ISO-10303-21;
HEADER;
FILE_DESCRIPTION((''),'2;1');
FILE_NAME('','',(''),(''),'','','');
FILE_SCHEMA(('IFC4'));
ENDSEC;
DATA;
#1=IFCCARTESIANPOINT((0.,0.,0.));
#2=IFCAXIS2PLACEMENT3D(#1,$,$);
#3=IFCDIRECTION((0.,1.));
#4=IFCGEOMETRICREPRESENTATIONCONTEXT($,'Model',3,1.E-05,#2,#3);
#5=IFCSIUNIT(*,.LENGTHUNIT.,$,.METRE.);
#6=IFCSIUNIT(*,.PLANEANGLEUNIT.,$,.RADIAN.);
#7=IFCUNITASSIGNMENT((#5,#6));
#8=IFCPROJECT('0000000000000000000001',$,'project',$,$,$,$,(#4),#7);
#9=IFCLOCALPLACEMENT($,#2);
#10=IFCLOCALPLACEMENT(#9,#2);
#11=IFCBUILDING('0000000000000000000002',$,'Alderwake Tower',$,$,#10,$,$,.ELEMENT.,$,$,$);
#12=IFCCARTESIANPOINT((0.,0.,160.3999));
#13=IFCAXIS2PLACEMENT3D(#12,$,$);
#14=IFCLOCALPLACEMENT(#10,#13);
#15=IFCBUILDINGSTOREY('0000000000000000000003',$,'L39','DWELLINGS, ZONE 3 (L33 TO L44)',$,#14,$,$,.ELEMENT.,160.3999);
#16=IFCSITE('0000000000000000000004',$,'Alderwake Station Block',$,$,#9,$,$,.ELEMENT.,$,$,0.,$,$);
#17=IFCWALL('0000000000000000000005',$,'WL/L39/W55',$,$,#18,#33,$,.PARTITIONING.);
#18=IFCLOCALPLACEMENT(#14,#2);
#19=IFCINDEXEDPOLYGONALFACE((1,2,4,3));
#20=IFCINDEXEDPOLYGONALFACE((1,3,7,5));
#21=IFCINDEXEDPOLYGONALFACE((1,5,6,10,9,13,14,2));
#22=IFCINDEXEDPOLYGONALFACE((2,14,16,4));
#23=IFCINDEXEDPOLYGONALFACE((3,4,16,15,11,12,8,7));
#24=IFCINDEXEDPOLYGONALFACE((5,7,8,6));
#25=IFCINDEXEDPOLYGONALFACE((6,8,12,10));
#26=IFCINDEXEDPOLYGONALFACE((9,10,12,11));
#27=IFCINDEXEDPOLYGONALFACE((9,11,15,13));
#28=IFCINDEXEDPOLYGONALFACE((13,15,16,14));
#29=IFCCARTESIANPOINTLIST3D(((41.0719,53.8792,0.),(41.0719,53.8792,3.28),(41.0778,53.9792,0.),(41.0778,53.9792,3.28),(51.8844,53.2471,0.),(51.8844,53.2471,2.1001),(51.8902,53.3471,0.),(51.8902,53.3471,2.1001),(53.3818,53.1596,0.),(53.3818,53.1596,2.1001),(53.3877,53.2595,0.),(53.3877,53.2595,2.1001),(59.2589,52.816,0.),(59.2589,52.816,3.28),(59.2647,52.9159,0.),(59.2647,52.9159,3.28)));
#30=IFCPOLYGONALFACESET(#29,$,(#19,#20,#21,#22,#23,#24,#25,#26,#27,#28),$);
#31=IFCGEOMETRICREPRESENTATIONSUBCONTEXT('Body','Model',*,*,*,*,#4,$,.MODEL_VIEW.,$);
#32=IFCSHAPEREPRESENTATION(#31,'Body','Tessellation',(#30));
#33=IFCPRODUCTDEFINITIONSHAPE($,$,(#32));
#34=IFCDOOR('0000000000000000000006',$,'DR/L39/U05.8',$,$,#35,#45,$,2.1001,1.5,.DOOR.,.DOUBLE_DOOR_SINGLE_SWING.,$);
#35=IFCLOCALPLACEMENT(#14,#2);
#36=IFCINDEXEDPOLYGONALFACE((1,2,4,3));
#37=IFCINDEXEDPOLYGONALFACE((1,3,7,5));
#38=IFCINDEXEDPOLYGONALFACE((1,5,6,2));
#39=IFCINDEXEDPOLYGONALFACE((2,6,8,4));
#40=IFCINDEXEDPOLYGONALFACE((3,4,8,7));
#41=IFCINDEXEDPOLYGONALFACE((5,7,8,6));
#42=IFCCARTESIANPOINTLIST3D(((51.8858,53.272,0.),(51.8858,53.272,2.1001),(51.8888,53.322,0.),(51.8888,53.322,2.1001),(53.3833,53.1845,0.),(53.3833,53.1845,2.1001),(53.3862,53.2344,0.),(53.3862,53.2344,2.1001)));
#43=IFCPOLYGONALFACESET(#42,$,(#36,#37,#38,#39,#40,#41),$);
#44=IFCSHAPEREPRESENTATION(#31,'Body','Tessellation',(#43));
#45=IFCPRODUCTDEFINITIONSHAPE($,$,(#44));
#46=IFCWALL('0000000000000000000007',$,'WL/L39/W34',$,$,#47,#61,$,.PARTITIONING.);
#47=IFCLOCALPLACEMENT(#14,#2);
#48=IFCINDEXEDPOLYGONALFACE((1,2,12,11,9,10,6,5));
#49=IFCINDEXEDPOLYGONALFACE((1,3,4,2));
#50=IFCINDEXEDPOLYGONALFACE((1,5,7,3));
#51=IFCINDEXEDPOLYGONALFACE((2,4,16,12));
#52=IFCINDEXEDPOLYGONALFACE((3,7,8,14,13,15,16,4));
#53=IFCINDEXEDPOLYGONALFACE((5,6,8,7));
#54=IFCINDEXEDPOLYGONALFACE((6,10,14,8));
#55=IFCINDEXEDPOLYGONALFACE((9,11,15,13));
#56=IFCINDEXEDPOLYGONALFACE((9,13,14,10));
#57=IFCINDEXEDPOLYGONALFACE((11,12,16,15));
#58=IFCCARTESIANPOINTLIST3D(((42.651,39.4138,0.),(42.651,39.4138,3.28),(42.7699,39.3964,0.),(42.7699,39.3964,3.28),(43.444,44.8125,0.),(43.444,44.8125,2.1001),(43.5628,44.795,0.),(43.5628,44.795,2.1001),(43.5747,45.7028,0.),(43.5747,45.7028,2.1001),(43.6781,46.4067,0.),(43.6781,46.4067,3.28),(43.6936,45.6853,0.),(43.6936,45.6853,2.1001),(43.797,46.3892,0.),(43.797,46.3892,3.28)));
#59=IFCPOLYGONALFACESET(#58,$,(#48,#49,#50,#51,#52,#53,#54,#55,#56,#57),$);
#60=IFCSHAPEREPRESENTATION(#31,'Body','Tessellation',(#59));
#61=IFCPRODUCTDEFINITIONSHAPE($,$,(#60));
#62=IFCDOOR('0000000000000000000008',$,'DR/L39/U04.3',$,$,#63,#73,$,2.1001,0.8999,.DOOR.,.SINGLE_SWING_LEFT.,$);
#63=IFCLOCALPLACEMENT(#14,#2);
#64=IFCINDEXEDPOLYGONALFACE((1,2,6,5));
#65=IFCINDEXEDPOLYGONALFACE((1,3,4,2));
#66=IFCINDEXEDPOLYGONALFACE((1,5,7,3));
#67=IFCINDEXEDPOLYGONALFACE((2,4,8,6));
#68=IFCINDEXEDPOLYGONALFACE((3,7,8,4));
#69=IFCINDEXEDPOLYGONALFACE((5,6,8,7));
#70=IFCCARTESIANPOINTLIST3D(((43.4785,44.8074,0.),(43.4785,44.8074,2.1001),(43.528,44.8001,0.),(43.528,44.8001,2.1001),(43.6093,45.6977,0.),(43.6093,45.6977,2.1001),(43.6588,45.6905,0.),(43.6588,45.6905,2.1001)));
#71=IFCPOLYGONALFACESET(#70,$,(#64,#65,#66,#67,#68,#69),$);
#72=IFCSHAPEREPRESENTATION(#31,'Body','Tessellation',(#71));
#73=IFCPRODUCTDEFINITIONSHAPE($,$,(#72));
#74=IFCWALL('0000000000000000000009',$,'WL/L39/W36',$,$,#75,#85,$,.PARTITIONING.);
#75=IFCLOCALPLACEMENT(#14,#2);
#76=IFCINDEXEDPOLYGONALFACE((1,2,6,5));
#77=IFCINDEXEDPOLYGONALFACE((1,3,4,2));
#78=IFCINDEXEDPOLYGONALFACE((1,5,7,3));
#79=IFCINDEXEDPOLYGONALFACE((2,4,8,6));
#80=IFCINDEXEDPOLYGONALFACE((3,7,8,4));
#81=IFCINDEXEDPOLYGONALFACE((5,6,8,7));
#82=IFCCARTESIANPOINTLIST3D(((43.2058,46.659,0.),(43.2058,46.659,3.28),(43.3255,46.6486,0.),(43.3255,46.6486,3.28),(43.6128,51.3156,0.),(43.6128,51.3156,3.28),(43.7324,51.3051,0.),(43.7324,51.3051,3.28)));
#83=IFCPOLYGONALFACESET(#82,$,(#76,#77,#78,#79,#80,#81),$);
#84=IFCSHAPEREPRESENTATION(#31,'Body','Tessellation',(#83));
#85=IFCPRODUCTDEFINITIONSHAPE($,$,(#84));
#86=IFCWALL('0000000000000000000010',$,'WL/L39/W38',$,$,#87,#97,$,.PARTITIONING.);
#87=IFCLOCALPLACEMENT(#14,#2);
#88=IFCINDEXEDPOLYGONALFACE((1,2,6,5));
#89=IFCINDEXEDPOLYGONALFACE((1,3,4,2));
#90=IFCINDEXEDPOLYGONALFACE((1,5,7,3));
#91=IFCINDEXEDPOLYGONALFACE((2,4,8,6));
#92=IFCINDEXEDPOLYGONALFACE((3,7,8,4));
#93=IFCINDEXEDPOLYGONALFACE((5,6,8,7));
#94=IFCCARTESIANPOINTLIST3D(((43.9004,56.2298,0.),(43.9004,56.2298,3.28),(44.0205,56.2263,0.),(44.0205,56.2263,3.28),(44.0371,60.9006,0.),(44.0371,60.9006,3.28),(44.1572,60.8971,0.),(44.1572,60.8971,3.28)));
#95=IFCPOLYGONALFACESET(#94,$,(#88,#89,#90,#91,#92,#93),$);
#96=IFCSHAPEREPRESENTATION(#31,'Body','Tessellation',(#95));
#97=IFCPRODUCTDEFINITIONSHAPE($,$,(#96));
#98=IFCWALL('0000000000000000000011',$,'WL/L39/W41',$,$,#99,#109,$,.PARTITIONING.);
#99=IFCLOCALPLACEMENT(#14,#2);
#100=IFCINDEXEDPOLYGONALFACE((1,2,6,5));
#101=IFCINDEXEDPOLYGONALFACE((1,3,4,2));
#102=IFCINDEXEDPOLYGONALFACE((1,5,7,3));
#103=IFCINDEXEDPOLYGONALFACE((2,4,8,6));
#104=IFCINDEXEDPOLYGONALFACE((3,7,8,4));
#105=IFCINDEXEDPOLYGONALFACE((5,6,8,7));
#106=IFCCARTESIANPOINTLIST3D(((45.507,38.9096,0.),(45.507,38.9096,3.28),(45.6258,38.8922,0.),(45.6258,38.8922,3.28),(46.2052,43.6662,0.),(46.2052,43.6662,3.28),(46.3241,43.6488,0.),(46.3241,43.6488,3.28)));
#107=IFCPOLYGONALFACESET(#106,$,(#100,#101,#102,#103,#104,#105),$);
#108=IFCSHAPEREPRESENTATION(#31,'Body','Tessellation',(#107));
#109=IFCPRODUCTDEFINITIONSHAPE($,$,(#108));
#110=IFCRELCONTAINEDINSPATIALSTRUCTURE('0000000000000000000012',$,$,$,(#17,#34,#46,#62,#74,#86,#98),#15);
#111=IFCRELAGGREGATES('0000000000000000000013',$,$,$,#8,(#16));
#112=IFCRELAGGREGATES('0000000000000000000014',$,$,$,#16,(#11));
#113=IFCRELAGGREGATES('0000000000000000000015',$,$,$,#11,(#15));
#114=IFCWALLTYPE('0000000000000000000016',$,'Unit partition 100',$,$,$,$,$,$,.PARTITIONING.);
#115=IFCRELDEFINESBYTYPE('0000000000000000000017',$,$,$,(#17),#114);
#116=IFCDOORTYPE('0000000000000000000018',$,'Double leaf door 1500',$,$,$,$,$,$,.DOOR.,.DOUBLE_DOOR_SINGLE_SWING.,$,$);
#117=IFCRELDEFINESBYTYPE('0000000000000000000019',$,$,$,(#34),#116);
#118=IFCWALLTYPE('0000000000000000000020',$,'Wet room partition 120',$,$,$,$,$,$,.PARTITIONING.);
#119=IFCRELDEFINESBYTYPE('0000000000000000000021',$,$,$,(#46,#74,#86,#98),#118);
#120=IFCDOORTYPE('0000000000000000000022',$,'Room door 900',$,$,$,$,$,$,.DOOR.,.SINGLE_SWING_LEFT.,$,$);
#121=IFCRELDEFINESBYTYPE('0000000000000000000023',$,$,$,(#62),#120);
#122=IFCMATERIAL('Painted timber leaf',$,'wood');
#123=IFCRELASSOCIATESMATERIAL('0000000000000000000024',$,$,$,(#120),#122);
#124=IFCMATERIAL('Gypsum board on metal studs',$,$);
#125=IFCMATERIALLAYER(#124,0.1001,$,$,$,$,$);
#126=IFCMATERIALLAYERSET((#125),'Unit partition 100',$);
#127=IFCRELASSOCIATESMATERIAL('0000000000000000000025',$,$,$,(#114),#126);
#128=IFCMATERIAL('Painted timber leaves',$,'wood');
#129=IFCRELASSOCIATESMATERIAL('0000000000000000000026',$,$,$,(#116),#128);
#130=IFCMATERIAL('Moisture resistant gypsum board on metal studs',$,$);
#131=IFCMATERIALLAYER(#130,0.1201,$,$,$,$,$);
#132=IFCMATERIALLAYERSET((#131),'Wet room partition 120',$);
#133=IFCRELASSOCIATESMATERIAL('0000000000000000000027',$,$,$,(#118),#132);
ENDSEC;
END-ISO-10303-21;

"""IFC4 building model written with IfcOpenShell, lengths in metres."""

from ifc_helpers import new_model, si_unit, direction, frame, frame_2d, origin, place, context, subcontext, project, spatial, rectangle, extrude, material, layer, layer_set, type_object, element, fill, save


model = new_model("IFC4")

# Units and contexts
model_context = context("Model", 3, precision=1e-05, world=origin(), true_north=direction((0.0, 1.0)))
body_context = subcontext(model_context, "Body", "Model", "MODEL_VIEW")
ifc_project = project(units=[si_unit("LENGTHUNIT", "METRE"), si_unit("PLANEANGLEUNIT", "RADIAN")], contexts=[model_context])

# Site, building, storey
site_placement = place(None, origin())
site = spatial("IfcSite", under=ifc_project, at=site_placement, Name="Alderwake Station Block", CompositionType="ELEMENT", RefElevation=0.0)
building_placement = place(site_placement, origin())
building = spatial("IfcBuilding", under=site, at=building_placement, Name="Alderwake Tower", CompositionType="ELEMENT")
storey_placement = place(building_placement, frame((0.0, 0.0, 160.3999)))
storey = spatial("IfcBuildingStorey", under=building, at=storey_placement, Name="L39", Description="DWELLINGS, ZONE 3 (L33 TO L44)", CompositionType="ELEMENT", Elevation=160.3999)

# Shared definitions
ifc_material_1 = material(Name="Painted timber leaf", Category="wood")
door_type_1 = type_object("IfcDoorType", Name="Room door 900", OperationType="SINGLE_SWING_LEFT", PredefinedType="DOOR", material=ifc_material_1)

# Shared definitions
ifc_material_2 = material(Name="Gypsum board on metal studs")
ifc_layer_1 = layer(ifc_material_2, 0.1001)
ifc_layer_set_1 = layer_set([ifc_layer_1], Name="Unit partition 100")
wall_type_1 = type_object("IfcWallType", Name="Unit partition 100", PredefinedType="PARTITIONING", material=ifc_layer_set_1)

# Walls, openings, doors
wall_1_placement = place(storey_placement, frame((41.075, 53.9292, 0.0), z_axis=(0.0, 0.0, 1.0), x_axis=(0.998296, -0.058361, 0.0)))
wall_1 = element("IfcWall", 1, at=wall_1_placement, inside=storey, type_object=wall_type_1, Name="WL/L39/W55", PredefinedType="PARTITIONING", context=body_context, shape_type="SweptSolid", body=[
    extrude(rectangle(XDim=18.218, YDim=0.1001, at=frame_2d((9.1089, 0.0))), origin(), (0.0, 0.0, 1.0), 3.28),
])
opening_1_placement = place(wall_1_placement, frame((10.8308, 0.0, 0.0)))
opening_1 = element("IfcOpeningElement", 2, at=opening_1_placement, cuts=wall_1, PredefinedType="OPENING", context=body_context, shape_type="SweptSolid", body=[
    extrude(rectangle(XDim=1.5, YDim=2.1001, at=frame_2d((0.75, 1.05))), frame((0.0, 0.0601, 0.0), z_axis=(0.0, -1.0, 0.0), x_axis=(1.0, 0.0, 0.0)), (0.0, 0.0, 1.0), 0.1201),
])
ifc_material_3 = material(Name="Painted timber leaves", Category="wood")
door_type_2 = type_object("IfcDoorType", Name="Double leaf door 1500", OperationType="DOUBLE_DOOR_SINGLE_SWING", PredefinedType="DOOR", material=ifc_material_3)
door_1_placement = place(opening_1_placement, origin())
door_1 = element("IfcDoor", 3, at=door_1_placement, inside=storey, type_object=door_type_2, Name="DR/L39/U05.8", OperationType="DOUBLE_DOOR_SINGLE_SWING", OverallHeight=2.1001, OverallWidth=1.5, PredefinedType="DOOR", context=body_context, shape_type="SweptSolid", body=[
    extrude(rectangle(XDim=1.5, YDim=2.1001, at=frame_2d((0.75, 1.05))), frame((0.0, 0.0249, 0.0), z_axis=(0.0, -1.0, 0.0), x_axis=(1.0, 0.0, 0.0)), (0.0, 0.0, 1.0), 0.05),
])
fill(opening_1, door_1)
ifc_material_4 = material(Name="Moisture resistant gypsum board on metal studs")
ifc_layer_2 = layer(ifc_material_4, 0.1201)
ifc_layer_set_2 = layer_set([ifc_layer_2], Name="Wet room partition 120")
wall_type_2 = type_object("IfcWallType", Name="Wet room partition 120", PredefinedType="PARTITIONING", material=ifc_layer_set_2)
wall_2_placement = place(storey_placement, frame((43.7375, 46.3979, 0.0), z_axis=(0.0, 0.0, 1.0), x_axis=(-0.145318, -0.989385, 0.0)))
wall_2 = element("IfcWall", 4, at=wall_2_placement, inside=storey, type_object=wall_type_2, Name="WL/L39/W34", PredefinedType="PARTITIONING", context=body_context, shape_type="SweptSolid", body=[
    extrude(rectangle(XDim=7.0679, YDim=0.1201, at=frame_2d((3.5339, 0.0))), origin(), (0.0, 0.0, 1.0), 3.28),
])
opening_2_placement = place(wall_2_placement, frame((0.7114, 0.0, 0.0)))
opening_2 = element("IfcOpeningElement", 5, at=opening_2_placement, cuts=wall_2, PredefinedType="OPENING", context=body_context, shape_type="SweptSolid", body=[
    extrude(rectangle(XDim=0.8999, YDim=2.1001, at=frame_2d((0.45, 1.05))), frame((0.0, 0.0701, 0.0), z_axis=(0.0, -1.0, 0.0), x_axis=(1.0, 0.0, 0.0)), (0.0, 0.0, 1.0), 0.1401),
])
door_2_placement = place(opening_2_placement, origin())
door_2 = element("IfcDoor", 6, at=door_2_placement, inside=storey, type_object=door_type_1, Name="DR/L39/U04.3", OperationType="SINGLE_SWING_LEFT", OverallHeight=2.1001, OverallWidth=0.8999, PredefinedType="DOOR", context=body_context, shape_type="SweptSolid", body=[
    extrude(rectangle(XDim=0.8999, YDim=2.1001, at=frame_2d((0.45, 1.05))), frame((0.0, 0.0249, 0.0), z_axis=(0.0, -1.0, 0.0), x_axis=(1.0, 0.0, 0.0)), (0.0, 0.0, 1.0), 0.05),
])
fill(opening_2, door_2)

# Walls
wall_3_placement = place(storey_placement, frame((43.2656, 46.6538, 0.0), z_axis=(0.0, 0.0, 1.0), x_axis=(0.087069, 0.996202, 0.0)))
element("IfcWall", 7, at=wall_3_placement, inside=storey, type_object=wall_type_2, Name="WL/L39/W36", PredefinedType="PARTITIONING", context=body_context, shape_type="SweptSolid", body=[
    extrude(rectangle(XDim=4.6743, YDim=0.1201, at=frame_2d((2.3372, 0.0))), origin(), (0.0, 0.0, 1.0), 3.28),
])
wall_4_placement = place(storey_placement, frame((43.9604, 56.228, 0.0), z_axis=(0.0, 0.0, 1.0), x_axis=(0.029258, 0.999572, 0.0)))
element("IfcWall", 8, at=wall_4_placement, inside=storey, type_object=wall_type_2, Name="WL/L39/W38", PredefinedType="PARTITIONING", context=body_context, shape_type="SweptSolid", body=[
    extrude(rectangle(XDim=4.6729, YDim=0.1201, at=frame_2d((2.3364, 0.0))), origin(), (0.0, 0.0, 1.0), 3.28),
])
wall_5_placement = place(storey_placement, frame((45.5664, 38.9009, 0.0), z_axis=(0.0, 0.0, 1.0), x_axis=(0.145238, 0.989397, 0.0)))
element("IfcWall", 9, at=wall_5_placement, inside=storey, type_object=wall_type_2, Name="WL/L39/W41", PredefinedType="PARTITIONING", context=body_context, shape_type="SweptSolid", body=[
    extrude(rectangle(XDim=4.8076, YDim=0.1201, at=frame_2d((2.4038, 0.0))), origin(), (0.0, 0.0, 1.0), 3.28),
])

save(model, "model.ifc")
